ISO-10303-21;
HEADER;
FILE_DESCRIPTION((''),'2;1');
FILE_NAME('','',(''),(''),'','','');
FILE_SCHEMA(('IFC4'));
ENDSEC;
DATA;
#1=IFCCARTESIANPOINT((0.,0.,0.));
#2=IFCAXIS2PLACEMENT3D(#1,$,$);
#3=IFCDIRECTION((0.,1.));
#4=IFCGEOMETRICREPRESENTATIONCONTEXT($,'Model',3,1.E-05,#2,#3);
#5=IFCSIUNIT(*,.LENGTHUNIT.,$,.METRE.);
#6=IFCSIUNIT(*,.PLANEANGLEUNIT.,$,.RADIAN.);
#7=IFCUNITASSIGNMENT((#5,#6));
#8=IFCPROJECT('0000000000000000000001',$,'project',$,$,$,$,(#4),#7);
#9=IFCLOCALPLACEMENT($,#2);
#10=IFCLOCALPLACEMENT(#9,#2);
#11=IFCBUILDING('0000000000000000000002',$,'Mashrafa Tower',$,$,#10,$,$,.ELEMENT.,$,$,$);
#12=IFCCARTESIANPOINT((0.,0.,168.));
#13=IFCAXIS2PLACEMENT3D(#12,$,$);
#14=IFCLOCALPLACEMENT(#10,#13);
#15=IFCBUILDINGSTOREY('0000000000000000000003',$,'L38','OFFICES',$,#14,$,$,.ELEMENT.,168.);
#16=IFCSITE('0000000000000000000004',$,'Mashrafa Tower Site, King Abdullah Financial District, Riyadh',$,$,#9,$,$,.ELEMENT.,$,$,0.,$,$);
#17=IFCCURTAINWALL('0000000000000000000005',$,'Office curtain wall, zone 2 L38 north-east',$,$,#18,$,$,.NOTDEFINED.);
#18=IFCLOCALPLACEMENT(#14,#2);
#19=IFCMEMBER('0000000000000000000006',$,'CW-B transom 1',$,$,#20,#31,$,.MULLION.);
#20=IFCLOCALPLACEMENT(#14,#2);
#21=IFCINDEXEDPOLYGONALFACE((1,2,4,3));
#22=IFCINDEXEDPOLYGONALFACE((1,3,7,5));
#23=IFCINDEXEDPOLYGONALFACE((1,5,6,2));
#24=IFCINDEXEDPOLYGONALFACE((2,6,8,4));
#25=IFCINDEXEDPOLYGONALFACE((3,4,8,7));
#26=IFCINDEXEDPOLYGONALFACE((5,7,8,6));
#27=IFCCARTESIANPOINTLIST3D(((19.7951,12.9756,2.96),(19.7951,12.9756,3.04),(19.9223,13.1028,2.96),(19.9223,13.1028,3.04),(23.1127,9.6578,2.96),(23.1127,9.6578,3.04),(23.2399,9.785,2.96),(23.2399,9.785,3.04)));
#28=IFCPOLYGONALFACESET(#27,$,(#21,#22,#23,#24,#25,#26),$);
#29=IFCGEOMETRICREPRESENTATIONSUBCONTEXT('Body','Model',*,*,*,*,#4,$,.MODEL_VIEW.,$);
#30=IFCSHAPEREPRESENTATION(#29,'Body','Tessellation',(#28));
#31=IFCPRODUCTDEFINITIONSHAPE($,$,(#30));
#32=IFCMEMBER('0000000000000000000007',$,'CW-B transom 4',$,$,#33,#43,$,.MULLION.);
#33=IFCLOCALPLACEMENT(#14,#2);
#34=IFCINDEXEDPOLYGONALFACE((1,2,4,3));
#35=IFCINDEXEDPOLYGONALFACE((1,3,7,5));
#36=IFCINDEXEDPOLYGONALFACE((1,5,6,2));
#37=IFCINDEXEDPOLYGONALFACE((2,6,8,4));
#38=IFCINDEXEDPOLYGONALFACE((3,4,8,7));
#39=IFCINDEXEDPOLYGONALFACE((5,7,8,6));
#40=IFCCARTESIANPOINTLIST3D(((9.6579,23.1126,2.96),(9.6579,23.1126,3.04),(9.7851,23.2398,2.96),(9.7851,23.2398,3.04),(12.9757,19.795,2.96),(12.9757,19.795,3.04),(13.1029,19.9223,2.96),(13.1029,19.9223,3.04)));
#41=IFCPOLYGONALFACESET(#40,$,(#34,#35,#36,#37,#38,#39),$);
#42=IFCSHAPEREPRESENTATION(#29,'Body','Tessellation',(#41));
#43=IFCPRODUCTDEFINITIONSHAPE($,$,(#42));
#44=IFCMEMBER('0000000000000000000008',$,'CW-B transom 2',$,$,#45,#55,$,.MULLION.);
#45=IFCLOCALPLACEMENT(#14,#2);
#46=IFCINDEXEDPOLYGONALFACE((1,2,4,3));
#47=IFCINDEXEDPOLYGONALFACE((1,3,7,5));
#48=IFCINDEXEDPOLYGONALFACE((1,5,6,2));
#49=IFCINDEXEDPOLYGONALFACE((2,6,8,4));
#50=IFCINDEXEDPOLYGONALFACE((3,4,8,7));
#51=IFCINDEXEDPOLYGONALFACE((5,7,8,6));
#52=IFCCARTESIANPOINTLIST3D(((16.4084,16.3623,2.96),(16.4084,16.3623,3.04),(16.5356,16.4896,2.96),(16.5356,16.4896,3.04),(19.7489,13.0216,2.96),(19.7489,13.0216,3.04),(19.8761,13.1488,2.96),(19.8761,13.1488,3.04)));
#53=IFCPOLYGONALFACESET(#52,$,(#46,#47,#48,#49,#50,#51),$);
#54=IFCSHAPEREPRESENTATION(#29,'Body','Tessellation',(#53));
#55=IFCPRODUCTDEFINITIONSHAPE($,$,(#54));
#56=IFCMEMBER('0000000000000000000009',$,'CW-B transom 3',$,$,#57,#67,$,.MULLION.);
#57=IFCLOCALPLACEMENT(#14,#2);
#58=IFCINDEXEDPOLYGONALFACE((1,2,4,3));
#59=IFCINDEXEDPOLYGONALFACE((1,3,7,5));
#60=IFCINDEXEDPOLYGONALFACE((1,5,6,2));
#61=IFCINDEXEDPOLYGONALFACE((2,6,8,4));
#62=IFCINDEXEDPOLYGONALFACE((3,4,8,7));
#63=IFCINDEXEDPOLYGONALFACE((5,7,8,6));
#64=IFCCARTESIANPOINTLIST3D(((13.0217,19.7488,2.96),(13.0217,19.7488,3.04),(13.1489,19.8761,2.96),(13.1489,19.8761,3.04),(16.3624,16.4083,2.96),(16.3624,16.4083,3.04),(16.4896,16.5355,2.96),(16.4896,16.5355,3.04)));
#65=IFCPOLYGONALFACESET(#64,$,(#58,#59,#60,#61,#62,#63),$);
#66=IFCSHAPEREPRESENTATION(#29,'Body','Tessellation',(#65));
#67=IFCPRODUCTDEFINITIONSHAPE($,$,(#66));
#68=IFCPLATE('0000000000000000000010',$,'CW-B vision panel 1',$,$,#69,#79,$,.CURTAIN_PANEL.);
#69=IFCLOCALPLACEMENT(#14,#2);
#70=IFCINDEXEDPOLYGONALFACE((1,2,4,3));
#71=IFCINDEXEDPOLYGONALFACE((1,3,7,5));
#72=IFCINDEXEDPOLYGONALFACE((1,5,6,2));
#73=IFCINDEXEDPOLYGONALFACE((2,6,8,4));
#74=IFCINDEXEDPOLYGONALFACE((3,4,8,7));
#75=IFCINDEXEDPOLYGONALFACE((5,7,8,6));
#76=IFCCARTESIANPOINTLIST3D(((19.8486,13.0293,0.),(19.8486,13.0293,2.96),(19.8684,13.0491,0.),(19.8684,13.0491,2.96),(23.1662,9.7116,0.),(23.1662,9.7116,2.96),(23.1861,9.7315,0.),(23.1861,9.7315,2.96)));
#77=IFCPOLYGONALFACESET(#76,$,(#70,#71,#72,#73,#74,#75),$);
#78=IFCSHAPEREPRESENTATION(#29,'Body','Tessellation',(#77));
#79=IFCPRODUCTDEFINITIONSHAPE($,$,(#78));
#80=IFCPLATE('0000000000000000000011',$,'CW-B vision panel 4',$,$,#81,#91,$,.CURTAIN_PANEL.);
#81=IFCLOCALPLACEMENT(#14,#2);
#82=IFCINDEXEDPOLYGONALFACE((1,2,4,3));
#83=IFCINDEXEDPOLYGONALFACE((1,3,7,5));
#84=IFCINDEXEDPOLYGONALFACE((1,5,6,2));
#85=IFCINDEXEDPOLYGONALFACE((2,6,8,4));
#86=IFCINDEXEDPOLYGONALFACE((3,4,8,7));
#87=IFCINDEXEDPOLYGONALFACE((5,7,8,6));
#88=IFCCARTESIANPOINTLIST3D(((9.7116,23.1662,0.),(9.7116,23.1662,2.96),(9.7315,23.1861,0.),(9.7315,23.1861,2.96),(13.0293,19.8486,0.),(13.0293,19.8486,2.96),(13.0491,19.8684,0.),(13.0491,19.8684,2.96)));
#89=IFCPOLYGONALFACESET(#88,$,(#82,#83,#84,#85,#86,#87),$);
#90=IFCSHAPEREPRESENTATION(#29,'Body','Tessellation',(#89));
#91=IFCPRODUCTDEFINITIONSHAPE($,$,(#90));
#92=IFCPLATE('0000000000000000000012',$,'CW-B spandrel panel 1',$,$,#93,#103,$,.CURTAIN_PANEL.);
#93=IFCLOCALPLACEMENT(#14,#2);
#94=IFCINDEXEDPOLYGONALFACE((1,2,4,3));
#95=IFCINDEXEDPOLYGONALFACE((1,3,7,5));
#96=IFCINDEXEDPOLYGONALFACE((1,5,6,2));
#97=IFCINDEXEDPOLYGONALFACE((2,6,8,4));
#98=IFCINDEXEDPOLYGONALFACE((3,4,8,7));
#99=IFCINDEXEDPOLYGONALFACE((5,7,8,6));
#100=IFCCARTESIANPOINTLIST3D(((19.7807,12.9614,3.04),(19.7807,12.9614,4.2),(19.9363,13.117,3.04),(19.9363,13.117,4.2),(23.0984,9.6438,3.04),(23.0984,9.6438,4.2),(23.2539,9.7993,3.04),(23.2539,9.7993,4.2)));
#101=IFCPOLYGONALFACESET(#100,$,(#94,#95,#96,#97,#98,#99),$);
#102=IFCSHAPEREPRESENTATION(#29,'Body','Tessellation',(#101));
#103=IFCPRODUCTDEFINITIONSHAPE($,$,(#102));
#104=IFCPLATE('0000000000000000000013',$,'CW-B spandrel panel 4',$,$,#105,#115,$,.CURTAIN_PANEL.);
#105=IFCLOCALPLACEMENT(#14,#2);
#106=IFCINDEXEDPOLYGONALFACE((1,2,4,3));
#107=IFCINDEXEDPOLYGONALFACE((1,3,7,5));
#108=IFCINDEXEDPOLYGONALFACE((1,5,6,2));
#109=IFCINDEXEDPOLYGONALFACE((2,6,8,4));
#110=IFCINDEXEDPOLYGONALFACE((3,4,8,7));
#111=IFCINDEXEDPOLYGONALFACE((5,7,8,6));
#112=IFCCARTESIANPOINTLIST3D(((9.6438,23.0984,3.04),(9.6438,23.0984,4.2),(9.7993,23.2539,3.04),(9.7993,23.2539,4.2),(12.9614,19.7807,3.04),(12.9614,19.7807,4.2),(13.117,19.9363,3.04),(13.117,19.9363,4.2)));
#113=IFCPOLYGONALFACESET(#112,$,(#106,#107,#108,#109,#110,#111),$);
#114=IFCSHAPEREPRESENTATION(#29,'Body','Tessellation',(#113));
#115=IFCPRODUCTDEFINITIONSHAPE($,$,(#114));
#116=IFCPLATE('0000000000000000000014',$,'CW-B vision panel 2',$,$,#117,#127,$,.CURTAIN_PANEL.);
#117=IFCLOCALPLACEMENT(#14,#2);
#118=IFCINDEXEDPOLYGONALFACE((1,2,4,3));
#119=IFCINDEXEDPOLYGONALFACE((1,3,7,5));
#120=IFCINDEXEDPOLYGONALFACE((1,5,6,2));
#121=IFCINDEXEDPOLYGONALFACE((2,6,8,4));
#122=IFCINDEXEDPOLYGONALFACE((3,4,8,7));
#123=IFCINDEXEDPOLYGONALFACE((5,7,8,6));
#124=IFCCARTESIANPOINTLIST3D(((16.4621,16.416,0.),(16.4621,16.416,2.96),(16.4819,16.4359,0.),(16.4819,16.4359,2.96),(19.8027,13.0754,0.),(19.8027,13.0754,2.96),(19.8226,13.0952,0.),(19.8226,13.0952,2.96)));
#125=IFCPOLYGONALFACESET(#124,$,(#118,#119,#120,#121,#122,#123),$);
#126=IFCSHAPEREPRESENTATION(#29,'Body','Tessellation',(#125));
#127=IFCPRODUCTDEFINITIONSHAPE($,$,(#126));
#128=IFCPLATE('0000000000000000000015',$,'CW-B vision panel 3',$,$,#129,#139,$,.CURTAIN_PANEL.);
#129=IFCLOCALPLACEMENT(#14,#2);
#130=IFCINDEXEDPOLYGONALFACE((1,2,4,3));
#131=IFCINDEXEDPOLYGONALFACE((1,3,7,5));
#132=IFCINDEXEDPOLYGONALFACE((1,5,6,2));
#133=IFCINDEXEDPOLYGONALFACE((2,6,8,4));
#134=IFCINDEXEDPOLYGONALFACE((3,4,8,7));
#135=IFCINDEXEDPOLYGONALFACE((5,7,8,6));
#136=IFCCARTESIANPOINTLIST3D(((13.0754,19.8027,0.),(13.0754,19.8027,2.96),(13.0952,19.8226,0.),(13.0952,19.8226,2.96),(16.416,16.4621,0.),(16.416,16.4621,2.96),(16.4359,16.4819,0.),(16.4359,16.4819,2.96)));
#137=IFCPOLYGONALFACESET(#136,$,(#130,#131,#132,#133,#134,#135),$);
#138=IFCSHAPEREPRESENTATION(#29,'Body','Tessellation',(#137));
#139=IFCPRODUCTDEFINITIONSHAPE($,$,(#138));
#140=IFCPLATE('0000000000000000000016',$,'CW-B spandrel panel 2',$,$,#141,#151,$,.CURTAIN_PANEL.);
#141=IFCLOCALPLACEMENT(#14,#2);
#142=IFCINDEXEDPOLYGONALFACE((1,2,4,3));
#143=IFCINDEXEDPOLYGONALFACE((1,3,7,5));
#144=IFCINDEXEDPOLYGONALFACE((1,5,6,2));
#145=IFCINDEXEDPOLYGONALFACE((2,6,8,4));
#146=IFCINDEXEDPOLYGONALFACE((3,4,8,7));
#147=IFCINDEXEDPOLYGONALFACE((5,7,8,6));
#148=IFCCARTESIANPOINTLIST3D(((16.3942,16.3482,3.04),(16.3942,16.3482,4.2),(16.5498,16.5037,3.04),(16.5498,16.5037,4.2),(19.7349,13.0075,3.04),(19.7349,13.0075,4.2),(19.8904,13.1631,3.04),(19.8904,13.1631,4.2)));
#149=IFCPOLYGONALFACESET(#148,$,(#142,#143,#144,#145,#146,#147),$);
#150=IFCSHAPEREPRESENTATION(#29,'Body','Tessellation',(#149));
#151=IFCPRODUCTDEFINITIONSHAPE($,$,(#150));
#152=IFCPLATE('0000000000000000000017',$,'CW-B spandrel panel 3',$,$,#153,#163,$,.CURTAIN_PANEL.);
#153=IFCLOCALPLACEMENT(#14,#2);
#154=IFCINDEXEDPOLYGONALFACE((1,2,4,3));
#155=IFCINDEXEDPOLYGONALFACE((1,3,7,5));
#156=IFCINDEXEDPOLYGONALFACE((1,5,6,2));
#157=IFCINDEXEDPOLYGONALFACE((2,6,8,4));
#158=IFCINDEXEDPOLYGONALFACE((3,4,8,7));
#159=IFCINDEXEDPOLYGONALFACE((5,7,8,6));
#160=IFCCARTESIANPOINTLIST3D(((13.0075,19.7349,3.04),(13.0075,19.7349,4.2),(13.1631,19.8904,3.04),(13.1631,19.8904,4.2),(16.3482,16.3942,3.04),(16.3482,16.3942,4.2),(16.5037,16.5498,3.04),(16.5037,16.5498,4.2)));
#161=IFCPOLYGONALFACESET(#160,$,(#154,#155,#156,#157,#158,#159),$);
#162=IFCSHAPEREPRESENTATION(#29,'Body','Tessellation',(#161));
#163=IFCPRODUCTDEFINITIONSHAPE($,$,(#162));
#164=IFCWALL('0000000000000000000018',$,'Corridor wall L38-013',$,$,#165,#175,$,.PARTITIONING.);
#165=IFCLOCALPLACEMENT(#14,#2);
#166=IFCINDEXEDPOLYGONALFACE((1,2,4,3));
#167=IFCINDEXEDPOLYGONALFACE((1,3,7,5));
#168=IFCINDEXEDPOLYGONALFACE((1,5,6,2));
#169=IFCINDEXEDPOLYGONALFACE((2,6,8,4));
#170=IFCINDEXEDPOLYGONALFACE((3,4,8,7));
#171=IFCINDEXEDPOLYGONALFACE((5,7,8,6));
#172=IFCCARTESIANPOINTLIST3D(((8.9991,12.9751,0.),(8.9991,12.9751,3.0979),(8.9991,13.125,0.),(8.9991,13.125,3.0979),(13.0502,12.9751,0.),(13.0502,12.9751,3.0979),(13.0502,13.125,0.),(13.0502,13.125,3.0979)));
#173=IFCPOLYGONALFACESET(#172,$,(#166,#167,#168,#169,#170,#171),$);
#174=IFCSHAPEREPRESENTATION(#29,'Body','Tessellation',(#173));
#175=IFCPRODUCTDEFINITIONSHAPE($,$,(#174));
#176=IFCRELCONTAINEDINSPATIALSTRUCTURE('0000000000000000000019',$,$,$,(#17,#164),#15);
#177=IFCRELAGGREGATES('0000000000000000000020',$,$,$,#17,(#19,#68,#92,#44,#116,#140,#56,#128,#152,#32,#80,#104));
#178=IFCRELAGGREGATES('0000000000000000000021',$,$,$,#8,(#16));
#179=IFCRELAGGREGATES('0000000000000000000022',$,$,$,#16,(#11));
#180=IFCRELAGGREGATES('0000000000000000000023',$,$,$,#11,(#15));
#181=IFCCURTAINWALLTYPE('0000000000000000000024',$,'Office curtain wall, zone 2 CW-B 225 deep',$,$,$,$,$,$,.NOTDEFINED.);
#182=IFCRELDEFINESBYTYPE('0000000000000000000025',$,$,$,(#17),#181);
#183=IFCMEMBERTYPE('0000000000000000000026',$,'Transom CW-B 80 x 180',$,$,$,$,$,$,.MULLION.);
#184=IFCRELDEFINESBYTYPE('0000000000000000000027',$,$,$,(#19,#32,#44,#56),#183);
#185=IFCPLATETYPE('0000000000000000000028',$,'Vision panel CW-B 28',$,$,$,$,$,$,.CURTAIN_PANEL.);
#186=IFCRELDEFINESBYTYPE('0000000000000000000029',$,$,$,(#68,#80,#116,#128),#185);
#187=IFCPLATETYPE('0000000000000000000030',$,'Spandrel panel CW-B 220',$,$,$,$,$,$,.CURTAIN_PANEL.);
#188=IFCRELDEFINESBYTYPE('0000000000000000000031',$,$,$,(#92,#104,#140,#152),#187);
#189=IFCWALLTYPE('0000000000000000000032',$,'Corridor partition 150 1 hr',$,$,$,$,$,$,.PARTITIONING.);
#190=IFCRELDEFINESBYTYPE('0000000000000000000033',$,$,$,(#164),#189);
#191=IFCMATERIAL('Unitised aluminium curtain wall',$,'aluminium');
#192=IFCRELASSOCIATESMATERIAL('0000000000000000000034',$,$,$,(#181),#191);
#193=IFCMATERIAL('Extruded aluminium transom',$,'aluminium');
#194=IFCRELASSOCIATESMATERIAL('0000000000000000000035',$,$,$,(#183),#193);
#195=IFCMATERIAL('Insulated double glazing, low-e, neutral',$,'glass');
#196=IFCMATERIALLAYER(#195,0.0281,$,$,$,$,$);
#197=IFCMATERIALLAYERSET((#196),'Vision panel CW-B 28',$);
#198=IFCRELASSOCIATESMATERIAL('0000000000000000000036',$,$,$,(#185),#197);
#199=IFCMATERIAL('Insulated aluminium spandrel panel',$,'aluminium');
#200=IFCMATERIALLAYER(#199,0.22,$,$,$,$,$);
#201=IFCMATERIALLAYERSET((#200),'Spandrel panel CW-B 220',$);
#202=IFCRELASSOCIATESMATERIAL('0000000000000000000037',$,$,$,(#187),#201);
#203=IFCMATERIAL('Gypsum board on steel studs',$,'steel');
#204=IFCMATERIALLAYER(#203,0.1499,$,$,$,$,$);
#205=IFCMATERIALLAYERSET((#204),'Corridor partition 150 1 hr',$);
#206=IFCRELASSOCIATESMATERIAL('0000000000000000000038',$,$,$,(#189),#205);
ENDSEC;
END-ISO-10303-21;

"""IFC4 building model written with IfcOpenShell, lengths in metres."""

from ifc_helpers import new_model, si_unit, direction, frame, frame_2d, origin, origin_2d, place, context, subcontext, project, spatial, rectangle, extrude, source, transform, mapped, material, layer, layer_set, material_profile, profile_set, type_object, type_shapes, element, aggregate, save


model = new_model("IFC4")

# Units and contexts
model_context = context("Model", 3, precision=1e-05, world=origin(), true_north=direction((0.0, 1.0)))
body_context = subcontext(model_context, "Body", "Model", "MODEL_VIEW")
ifc_project = project(units=[si_unit("LENGTHUNIT", "METRE"), si_unit("PLANEANGLEUNIT", "RADIAN")], contexts=[model_context])

# Site, building, storey
site_placement = place(None, origin())
site = spatial("IfcSite", under=ifc_project, at=site_placement, Name="Mashrafa Tower Site, King Abdullah Financial District, Riyadh", CompositionType="ELEMENT", RefElevation=0.0)
building_placement = place(site_placement, origin())
building = spatial("IfcBuilding", under=site, at=building_placement, Name="Mashrafa Tower", CompositionType="ELEMENT")
storey_placement = place(building_placement, frame((0.0, 0.0, 168.0)))
storey = spatial("IfcBuildingStorey", under=building, at=storey_placement, Name="L38", Description="OFFICES", CompositionType="ELEMENT", Elevation=168.0)

# Curtain wall, members, plates
ifc_material_1 = material(Name="Unitised aluminium curtain wall", Category="aluminium")
curtain_wall_type = type_object("IfcCurtainWallType", Name="Office curtain wall, zone 2 CW-B 225 deep", PredefinedType="NOTDEFINED", material=ifc_material_1)
curtain_wall_placement = place(storey_placement, origin())
curtain_wall = element("IfcCurtainWall", 1, at=curtain_wall_placement, inside=storey, type_object=curtain_wall_type, Name="Office curtain wall, zone 2 L38 north-east", PredefinedType="NOTDEFINED")
ifc_material_2 = material(Name="Extruded aluminium transom", Category="aluminium")
ifc_material_profile_1 = material_profile(ifc_material_2, rectangle(XDim=0.1799, YDim=0.0801, at=origin_2d()), Name="Transom 80x180")
ifc_profile_set_1 = profile_set([ifc_material_profile_1], Name="Extruded aluminium transom")
member_type_1 = type_object("IfcMemberType", Name="Transom CW-B 80 x 180", PredefinedType="MULLION", material=ifc_profile_set_1)
shared_shape_1 = source(origin(), body_context, "Body", "SweptSolid", [
    extrude(rectangle(XDim=0.1799, YDim=0.0801, at=origin_2d()), origin(), (0.0, 0.0, 1.0), 4.6919),
])
member_1_placement = place(storey_placement, frame((23.1763, 9.7214, 3.0), z_axis=(-0.707081, 0.707133, 0.0), x_axis=(-0.707133, -0.707081, 0.0)))
member_1 = element("IfcMember", 2, at=member_1_placement, type_object=member_type_1, Name="CW-B transom 1", PredefinedType="MULLION", context=body_context, shape_type="MappedRepresentation", body=[
    mapped(shared_shape_1, transform((0.0, 0.0, 0.0))),
])
member_2_placement = place(storey_placement, frame((13.0393, 19.8586, 3.0), z_axis=(-0.707133, 0.707081, 0.0), x_axis=(-0.707081, -0.707133, 0.0)))
member_2 = element("IfcMember", 3, at=member_2_placement, type_object=member_type_1, Name="CW-B transom 4", PredefinedType="MULLION", context=body_context, shape_type="MappedRepresentation", body=[
    mapped(shared_shape_1, transform((0.0, 0.0, 0.0))),
])
shared_shape_2 = source(origin(), body_context, "Body", "SweptSolid", [
    extrude(rectangle(XDim=0.1799, YDim=0.0801, at=origin_2d()), origin(), (0.0, 0.0, 1.0), 4.7244),
])
type_shapes(member_type_1, [shared_shape_1, shared_shape_2])
member_3_placement = place(storey_placement, frame((19.8125, 13.0852, 3.0), z_axis=(-0.707081, 0.707133, 0.0), x_axis=(-0.707133, -0.707081, 0.0)))
member_3 = element("IfcMember", 4, at=member_3_placement, type_object=member_type_1, Name="CW-B transom 2", PredefinedType="MULLION", context=body_context, shape_type="MappedRepresentation", body=[
    mapped(shared_shape_2, transform((0.0, 0.0, 0.0))),
])
member_4_placement = place(storey_placement, frame((16.426, 16.4719, 3.0), z_axis=(-0.707133, 0.707081, 0.0), x_axis=(-0.707081, -0.707133, 0.0)))
member_4 = element("IfcMember", 5, at=member_4_placement, type_object=member_type_1, Name="CW-B transom 3", PredefinedType="MULLION", context=body_context, shape_type="MappedRepresentation", body=[
    mapped(shared_shape_2, transform((0.0, 0.0, 0.0))),
])
ifc_material_3 = material(Name="Insulated double glazing, low-e, neutral", Category="glass")
ifc_layer_1 = layer(ifc_material_3, 0.0281)
ifc_layer_set_1 = layer_set([ifc_layer_1], Name="Vision panel CW-B 28")
plate_type_1 = type_object("IfcPlateType", Name="Vision panel CW-B 28", PredefinedType="CURTAIN_PANEL", material=ifc_layer_set_1)
shared_shape_3 = source(origin(), body_context, "Body", "SweptSolid", [
    extrude(rectangle(XDim=4.6919, YDim=0.0281, at=origin_2d()), origin(), (0.0, 0.0, 1.0), 2.96),
])
plate_1_placement = place(storey_placement, frame((21.5173, 11.3804, 0.0), z_axis=(0.0, 0.0, 1.0), x_axis=(-0.707107, 0.707107, 0.0)))
plate_1 = element("IfcPlate", 6, at=plate_1_placement, type_object=plate_type_1, Name="CW-B vision panel 1", PredefinedType="CURTAIN_PANEL", context=body_context, shape_type="MappedRepresentation", body=[
    mapped(shared_shape_3, transform((0.0, 0.0, 0.0))),
])
plate_2_placement = place(storey_placement, frame((11.3804, 21.5173, 0.0), z_axis=(0.0, 0.0, 1.0), x_axis=(-0.707107, 0.707107, 0.0)))
plate_2 = element("IfcPlate", 7, at=plate_2_placement, type_object=plate_type_1, Name="CW-B vision panel 4", PredefinedType="CURTAIN_PANEL", context=body_context, shape_type="MappedRepresentation", body=[
    mapped(shared_shape_3, transform((0.0, 0.0, 0.0))),
])
ifc_material_4 = material(Name="Insulated aluminium spandrel panel", Category="aluminium")
ifc_layer_2 = layer(ifc_material_4, 0.22)
ifc_layer_set_2 = layer_set([ifc_layer_2], Name="Spandrel panel CW-B 220")
plate_type_2 = type_object("IfcPlateType", Name="Spandrel panel CW-B 220", PredefinedType="CURTAIN_PANEL", material=ifc_layer_set_2)
shared_shape_4 = source(origin(), body_context, "Body", "SweptSolid", [
    extrude(rectangle(XDim=4.6919, YDim=0.22, at=origin_2d()), origin(), (0.0, 0.0, 1.0), 1.1599),
])
plate_3_placement = place(storey_placement, frame((21.5173, 11.3804, 3.04), z_axis=(0.0, 0.0, 1.0), x_axis=(-0.707107, 0.707107, 0.0)))
plate_3 = element("IfcPlate", 8, at=plate_3_placement, type_object=plate_type_2, Name="CW-B spandrel panel 1", PredefinedType="CURTAIN_PANEL", context=body_context, shape_type="MappedRepresentation", body=[
    mapped(shared_shape_4, transform((0.0, 0.0, 0.0))),
])
plate_4_placement = place(storey_placement, frame((11.3804, 21.5173, 3.04), z_axis=(0.0, 0.0, 1.0), x_axis=(-0.707107, 0.707107, 0.0)))
plate_4 = element("IfcPlate", 9, at=plate_4_placement, type_object=plate_type_2, Name="CW-B spandrel panel 4", PredefinedType="CURTAIN_PANEL", context=body_context, shape_type="MappedRepresentation", body=[
    mapped(shared_shape_4, transform((0.0, 0.0, 0.0))),
])
shared_shape_5 = source(origin(), body_context, "Body", "SweptSolid", [
    extrude(rectangle(XDim=4.7244, YDim=0.0281, at=origin_2d()), origin(), (0.0, 0.0, 1.0), 2.96),
])
type_shapes(plate_type_1, [shared_shape_3, shared_shape_5])
plate_5_placement = place(storey_placement, frame((18.1423, 14.7556, 0.0), z_axis=(0.0, 0.0, 1.0), x_axis=(-0.707107, 0.707107, 0.0)))
plate_5 = element("IfcPlate", 10, at=plate_5_placement, type_object=plate_type_1, Name="CW-B vision panel 2", PredefinedType="CURTAIN_PANEL", context=body_context, shape_type="MappedRepresentation", body=[
    mapped(shared_shape_5, transform((0.0, 0.0, 0.0))),
])
plate_6_placement = place(storey_placement, frame((14.7556, 18.1423, 0.0), z_axis=(0.0, 0.0, 1.0), x_axis=(-0.707107, 0.707107, 0.0)))
plate_6 = element("IfcPlate", 11, at=plate_6_placement, type_object=plate_type_1, Name="CW-B vision panel 3", PredefinedType="CURTAIN_PANEL", context=body_context, shape_type="MappedRepresentation", body=[
    mapped(shared_shape_5, transform((0.0, 0.0, 0.0))),
])
shared_shape_6 = source(origin(), body_context, "Body", "SweptSolid", [
    extrude(rectangle(XDim=4.7244, YDim=0.22, at=origin_2d()), origin(), (0.0, 0.0, 1.0), 1.1599),
])
type_shapes(plate_type_2, [shared_shape_4, shared_shape_6])
plate_7_placement = place(storey_placement, frame((18.1423, 14.7556, 3.04), z_axis=(0.0, 0.0, 1.0), x_axis=(-0.707107, 0.707107, 0.0)))
plate_7 = element("IfcPlate", 12, at=plate_7_placement, type_object=plate_type_2, Name="CW-B spandrel panel 2", PredefinedType="CURTAIN_PANEL", context=body_context, shape_type="MappedRepresentation", body=[
    mapped(shared_shape_6, transform((0.0, 0.0, 0.0))),
])
plate_8_placement = place(storey_placement, frame((14.7556, 18.1423, 3.04), z_axis=(0.0, 0.0, 1.0), x_axis=(-0.707107, 0.707107, 0.0)))
plate_8 = element("IfcPlate", 13, at=plate_8_placement, type_object=plate_type_2, Name="CW-B spandrel panel 3", PredefinedType="CURTAIN_PANEL", context=body_context, shape_type="MappedRepresentation", body=[
    mapped(shared_shape_6, transform((0.0, 0.0, 0.0))),
])
aggregate(curtain_wall, [member_1, plate_1, plate_3, member_3, plate_5, plate_7, member_4, plate_6, plate_8, member_2, plate_2, plate_4])

# Wall
ifc_material_5 = material(Name="Gypsum board on steel studs", Category="steel")
ifc_layer_3 = layer(ifc_material_5, 0.1499)
ifc_layer_set_3 = layer_set([ifc_layer_3], Name="Corridor partition 150 1 hr")
wall_type = type_object("IfcWallType", Name="Corridor partition 150 1 hr", PredefinedType="PARTITIONING", material=ifc_layer_set_3)
wall_placement = place(storey_placement, frame((13.05, 13.05, 0.0), z_axis=(0.0, 0.0, 1.0), x_axis=(-1.0, 0.0, 0.0)))
element("IfcWall", 14, at=wall_placement, inside=storey, type_object=wall_type, Name="Corridor wall L38-013", PredefinedType="PARTITIONING", context=body_context, shape_type="SweptSolid", body=[
    extrude(rectangle(XDim=4.051, YDim=0.1499, at=frame_2d((2.0254, 0.0))), origin(), (0.0, 0.0, 1.0), 3.0979),
])

save(model, "model.ifc")
